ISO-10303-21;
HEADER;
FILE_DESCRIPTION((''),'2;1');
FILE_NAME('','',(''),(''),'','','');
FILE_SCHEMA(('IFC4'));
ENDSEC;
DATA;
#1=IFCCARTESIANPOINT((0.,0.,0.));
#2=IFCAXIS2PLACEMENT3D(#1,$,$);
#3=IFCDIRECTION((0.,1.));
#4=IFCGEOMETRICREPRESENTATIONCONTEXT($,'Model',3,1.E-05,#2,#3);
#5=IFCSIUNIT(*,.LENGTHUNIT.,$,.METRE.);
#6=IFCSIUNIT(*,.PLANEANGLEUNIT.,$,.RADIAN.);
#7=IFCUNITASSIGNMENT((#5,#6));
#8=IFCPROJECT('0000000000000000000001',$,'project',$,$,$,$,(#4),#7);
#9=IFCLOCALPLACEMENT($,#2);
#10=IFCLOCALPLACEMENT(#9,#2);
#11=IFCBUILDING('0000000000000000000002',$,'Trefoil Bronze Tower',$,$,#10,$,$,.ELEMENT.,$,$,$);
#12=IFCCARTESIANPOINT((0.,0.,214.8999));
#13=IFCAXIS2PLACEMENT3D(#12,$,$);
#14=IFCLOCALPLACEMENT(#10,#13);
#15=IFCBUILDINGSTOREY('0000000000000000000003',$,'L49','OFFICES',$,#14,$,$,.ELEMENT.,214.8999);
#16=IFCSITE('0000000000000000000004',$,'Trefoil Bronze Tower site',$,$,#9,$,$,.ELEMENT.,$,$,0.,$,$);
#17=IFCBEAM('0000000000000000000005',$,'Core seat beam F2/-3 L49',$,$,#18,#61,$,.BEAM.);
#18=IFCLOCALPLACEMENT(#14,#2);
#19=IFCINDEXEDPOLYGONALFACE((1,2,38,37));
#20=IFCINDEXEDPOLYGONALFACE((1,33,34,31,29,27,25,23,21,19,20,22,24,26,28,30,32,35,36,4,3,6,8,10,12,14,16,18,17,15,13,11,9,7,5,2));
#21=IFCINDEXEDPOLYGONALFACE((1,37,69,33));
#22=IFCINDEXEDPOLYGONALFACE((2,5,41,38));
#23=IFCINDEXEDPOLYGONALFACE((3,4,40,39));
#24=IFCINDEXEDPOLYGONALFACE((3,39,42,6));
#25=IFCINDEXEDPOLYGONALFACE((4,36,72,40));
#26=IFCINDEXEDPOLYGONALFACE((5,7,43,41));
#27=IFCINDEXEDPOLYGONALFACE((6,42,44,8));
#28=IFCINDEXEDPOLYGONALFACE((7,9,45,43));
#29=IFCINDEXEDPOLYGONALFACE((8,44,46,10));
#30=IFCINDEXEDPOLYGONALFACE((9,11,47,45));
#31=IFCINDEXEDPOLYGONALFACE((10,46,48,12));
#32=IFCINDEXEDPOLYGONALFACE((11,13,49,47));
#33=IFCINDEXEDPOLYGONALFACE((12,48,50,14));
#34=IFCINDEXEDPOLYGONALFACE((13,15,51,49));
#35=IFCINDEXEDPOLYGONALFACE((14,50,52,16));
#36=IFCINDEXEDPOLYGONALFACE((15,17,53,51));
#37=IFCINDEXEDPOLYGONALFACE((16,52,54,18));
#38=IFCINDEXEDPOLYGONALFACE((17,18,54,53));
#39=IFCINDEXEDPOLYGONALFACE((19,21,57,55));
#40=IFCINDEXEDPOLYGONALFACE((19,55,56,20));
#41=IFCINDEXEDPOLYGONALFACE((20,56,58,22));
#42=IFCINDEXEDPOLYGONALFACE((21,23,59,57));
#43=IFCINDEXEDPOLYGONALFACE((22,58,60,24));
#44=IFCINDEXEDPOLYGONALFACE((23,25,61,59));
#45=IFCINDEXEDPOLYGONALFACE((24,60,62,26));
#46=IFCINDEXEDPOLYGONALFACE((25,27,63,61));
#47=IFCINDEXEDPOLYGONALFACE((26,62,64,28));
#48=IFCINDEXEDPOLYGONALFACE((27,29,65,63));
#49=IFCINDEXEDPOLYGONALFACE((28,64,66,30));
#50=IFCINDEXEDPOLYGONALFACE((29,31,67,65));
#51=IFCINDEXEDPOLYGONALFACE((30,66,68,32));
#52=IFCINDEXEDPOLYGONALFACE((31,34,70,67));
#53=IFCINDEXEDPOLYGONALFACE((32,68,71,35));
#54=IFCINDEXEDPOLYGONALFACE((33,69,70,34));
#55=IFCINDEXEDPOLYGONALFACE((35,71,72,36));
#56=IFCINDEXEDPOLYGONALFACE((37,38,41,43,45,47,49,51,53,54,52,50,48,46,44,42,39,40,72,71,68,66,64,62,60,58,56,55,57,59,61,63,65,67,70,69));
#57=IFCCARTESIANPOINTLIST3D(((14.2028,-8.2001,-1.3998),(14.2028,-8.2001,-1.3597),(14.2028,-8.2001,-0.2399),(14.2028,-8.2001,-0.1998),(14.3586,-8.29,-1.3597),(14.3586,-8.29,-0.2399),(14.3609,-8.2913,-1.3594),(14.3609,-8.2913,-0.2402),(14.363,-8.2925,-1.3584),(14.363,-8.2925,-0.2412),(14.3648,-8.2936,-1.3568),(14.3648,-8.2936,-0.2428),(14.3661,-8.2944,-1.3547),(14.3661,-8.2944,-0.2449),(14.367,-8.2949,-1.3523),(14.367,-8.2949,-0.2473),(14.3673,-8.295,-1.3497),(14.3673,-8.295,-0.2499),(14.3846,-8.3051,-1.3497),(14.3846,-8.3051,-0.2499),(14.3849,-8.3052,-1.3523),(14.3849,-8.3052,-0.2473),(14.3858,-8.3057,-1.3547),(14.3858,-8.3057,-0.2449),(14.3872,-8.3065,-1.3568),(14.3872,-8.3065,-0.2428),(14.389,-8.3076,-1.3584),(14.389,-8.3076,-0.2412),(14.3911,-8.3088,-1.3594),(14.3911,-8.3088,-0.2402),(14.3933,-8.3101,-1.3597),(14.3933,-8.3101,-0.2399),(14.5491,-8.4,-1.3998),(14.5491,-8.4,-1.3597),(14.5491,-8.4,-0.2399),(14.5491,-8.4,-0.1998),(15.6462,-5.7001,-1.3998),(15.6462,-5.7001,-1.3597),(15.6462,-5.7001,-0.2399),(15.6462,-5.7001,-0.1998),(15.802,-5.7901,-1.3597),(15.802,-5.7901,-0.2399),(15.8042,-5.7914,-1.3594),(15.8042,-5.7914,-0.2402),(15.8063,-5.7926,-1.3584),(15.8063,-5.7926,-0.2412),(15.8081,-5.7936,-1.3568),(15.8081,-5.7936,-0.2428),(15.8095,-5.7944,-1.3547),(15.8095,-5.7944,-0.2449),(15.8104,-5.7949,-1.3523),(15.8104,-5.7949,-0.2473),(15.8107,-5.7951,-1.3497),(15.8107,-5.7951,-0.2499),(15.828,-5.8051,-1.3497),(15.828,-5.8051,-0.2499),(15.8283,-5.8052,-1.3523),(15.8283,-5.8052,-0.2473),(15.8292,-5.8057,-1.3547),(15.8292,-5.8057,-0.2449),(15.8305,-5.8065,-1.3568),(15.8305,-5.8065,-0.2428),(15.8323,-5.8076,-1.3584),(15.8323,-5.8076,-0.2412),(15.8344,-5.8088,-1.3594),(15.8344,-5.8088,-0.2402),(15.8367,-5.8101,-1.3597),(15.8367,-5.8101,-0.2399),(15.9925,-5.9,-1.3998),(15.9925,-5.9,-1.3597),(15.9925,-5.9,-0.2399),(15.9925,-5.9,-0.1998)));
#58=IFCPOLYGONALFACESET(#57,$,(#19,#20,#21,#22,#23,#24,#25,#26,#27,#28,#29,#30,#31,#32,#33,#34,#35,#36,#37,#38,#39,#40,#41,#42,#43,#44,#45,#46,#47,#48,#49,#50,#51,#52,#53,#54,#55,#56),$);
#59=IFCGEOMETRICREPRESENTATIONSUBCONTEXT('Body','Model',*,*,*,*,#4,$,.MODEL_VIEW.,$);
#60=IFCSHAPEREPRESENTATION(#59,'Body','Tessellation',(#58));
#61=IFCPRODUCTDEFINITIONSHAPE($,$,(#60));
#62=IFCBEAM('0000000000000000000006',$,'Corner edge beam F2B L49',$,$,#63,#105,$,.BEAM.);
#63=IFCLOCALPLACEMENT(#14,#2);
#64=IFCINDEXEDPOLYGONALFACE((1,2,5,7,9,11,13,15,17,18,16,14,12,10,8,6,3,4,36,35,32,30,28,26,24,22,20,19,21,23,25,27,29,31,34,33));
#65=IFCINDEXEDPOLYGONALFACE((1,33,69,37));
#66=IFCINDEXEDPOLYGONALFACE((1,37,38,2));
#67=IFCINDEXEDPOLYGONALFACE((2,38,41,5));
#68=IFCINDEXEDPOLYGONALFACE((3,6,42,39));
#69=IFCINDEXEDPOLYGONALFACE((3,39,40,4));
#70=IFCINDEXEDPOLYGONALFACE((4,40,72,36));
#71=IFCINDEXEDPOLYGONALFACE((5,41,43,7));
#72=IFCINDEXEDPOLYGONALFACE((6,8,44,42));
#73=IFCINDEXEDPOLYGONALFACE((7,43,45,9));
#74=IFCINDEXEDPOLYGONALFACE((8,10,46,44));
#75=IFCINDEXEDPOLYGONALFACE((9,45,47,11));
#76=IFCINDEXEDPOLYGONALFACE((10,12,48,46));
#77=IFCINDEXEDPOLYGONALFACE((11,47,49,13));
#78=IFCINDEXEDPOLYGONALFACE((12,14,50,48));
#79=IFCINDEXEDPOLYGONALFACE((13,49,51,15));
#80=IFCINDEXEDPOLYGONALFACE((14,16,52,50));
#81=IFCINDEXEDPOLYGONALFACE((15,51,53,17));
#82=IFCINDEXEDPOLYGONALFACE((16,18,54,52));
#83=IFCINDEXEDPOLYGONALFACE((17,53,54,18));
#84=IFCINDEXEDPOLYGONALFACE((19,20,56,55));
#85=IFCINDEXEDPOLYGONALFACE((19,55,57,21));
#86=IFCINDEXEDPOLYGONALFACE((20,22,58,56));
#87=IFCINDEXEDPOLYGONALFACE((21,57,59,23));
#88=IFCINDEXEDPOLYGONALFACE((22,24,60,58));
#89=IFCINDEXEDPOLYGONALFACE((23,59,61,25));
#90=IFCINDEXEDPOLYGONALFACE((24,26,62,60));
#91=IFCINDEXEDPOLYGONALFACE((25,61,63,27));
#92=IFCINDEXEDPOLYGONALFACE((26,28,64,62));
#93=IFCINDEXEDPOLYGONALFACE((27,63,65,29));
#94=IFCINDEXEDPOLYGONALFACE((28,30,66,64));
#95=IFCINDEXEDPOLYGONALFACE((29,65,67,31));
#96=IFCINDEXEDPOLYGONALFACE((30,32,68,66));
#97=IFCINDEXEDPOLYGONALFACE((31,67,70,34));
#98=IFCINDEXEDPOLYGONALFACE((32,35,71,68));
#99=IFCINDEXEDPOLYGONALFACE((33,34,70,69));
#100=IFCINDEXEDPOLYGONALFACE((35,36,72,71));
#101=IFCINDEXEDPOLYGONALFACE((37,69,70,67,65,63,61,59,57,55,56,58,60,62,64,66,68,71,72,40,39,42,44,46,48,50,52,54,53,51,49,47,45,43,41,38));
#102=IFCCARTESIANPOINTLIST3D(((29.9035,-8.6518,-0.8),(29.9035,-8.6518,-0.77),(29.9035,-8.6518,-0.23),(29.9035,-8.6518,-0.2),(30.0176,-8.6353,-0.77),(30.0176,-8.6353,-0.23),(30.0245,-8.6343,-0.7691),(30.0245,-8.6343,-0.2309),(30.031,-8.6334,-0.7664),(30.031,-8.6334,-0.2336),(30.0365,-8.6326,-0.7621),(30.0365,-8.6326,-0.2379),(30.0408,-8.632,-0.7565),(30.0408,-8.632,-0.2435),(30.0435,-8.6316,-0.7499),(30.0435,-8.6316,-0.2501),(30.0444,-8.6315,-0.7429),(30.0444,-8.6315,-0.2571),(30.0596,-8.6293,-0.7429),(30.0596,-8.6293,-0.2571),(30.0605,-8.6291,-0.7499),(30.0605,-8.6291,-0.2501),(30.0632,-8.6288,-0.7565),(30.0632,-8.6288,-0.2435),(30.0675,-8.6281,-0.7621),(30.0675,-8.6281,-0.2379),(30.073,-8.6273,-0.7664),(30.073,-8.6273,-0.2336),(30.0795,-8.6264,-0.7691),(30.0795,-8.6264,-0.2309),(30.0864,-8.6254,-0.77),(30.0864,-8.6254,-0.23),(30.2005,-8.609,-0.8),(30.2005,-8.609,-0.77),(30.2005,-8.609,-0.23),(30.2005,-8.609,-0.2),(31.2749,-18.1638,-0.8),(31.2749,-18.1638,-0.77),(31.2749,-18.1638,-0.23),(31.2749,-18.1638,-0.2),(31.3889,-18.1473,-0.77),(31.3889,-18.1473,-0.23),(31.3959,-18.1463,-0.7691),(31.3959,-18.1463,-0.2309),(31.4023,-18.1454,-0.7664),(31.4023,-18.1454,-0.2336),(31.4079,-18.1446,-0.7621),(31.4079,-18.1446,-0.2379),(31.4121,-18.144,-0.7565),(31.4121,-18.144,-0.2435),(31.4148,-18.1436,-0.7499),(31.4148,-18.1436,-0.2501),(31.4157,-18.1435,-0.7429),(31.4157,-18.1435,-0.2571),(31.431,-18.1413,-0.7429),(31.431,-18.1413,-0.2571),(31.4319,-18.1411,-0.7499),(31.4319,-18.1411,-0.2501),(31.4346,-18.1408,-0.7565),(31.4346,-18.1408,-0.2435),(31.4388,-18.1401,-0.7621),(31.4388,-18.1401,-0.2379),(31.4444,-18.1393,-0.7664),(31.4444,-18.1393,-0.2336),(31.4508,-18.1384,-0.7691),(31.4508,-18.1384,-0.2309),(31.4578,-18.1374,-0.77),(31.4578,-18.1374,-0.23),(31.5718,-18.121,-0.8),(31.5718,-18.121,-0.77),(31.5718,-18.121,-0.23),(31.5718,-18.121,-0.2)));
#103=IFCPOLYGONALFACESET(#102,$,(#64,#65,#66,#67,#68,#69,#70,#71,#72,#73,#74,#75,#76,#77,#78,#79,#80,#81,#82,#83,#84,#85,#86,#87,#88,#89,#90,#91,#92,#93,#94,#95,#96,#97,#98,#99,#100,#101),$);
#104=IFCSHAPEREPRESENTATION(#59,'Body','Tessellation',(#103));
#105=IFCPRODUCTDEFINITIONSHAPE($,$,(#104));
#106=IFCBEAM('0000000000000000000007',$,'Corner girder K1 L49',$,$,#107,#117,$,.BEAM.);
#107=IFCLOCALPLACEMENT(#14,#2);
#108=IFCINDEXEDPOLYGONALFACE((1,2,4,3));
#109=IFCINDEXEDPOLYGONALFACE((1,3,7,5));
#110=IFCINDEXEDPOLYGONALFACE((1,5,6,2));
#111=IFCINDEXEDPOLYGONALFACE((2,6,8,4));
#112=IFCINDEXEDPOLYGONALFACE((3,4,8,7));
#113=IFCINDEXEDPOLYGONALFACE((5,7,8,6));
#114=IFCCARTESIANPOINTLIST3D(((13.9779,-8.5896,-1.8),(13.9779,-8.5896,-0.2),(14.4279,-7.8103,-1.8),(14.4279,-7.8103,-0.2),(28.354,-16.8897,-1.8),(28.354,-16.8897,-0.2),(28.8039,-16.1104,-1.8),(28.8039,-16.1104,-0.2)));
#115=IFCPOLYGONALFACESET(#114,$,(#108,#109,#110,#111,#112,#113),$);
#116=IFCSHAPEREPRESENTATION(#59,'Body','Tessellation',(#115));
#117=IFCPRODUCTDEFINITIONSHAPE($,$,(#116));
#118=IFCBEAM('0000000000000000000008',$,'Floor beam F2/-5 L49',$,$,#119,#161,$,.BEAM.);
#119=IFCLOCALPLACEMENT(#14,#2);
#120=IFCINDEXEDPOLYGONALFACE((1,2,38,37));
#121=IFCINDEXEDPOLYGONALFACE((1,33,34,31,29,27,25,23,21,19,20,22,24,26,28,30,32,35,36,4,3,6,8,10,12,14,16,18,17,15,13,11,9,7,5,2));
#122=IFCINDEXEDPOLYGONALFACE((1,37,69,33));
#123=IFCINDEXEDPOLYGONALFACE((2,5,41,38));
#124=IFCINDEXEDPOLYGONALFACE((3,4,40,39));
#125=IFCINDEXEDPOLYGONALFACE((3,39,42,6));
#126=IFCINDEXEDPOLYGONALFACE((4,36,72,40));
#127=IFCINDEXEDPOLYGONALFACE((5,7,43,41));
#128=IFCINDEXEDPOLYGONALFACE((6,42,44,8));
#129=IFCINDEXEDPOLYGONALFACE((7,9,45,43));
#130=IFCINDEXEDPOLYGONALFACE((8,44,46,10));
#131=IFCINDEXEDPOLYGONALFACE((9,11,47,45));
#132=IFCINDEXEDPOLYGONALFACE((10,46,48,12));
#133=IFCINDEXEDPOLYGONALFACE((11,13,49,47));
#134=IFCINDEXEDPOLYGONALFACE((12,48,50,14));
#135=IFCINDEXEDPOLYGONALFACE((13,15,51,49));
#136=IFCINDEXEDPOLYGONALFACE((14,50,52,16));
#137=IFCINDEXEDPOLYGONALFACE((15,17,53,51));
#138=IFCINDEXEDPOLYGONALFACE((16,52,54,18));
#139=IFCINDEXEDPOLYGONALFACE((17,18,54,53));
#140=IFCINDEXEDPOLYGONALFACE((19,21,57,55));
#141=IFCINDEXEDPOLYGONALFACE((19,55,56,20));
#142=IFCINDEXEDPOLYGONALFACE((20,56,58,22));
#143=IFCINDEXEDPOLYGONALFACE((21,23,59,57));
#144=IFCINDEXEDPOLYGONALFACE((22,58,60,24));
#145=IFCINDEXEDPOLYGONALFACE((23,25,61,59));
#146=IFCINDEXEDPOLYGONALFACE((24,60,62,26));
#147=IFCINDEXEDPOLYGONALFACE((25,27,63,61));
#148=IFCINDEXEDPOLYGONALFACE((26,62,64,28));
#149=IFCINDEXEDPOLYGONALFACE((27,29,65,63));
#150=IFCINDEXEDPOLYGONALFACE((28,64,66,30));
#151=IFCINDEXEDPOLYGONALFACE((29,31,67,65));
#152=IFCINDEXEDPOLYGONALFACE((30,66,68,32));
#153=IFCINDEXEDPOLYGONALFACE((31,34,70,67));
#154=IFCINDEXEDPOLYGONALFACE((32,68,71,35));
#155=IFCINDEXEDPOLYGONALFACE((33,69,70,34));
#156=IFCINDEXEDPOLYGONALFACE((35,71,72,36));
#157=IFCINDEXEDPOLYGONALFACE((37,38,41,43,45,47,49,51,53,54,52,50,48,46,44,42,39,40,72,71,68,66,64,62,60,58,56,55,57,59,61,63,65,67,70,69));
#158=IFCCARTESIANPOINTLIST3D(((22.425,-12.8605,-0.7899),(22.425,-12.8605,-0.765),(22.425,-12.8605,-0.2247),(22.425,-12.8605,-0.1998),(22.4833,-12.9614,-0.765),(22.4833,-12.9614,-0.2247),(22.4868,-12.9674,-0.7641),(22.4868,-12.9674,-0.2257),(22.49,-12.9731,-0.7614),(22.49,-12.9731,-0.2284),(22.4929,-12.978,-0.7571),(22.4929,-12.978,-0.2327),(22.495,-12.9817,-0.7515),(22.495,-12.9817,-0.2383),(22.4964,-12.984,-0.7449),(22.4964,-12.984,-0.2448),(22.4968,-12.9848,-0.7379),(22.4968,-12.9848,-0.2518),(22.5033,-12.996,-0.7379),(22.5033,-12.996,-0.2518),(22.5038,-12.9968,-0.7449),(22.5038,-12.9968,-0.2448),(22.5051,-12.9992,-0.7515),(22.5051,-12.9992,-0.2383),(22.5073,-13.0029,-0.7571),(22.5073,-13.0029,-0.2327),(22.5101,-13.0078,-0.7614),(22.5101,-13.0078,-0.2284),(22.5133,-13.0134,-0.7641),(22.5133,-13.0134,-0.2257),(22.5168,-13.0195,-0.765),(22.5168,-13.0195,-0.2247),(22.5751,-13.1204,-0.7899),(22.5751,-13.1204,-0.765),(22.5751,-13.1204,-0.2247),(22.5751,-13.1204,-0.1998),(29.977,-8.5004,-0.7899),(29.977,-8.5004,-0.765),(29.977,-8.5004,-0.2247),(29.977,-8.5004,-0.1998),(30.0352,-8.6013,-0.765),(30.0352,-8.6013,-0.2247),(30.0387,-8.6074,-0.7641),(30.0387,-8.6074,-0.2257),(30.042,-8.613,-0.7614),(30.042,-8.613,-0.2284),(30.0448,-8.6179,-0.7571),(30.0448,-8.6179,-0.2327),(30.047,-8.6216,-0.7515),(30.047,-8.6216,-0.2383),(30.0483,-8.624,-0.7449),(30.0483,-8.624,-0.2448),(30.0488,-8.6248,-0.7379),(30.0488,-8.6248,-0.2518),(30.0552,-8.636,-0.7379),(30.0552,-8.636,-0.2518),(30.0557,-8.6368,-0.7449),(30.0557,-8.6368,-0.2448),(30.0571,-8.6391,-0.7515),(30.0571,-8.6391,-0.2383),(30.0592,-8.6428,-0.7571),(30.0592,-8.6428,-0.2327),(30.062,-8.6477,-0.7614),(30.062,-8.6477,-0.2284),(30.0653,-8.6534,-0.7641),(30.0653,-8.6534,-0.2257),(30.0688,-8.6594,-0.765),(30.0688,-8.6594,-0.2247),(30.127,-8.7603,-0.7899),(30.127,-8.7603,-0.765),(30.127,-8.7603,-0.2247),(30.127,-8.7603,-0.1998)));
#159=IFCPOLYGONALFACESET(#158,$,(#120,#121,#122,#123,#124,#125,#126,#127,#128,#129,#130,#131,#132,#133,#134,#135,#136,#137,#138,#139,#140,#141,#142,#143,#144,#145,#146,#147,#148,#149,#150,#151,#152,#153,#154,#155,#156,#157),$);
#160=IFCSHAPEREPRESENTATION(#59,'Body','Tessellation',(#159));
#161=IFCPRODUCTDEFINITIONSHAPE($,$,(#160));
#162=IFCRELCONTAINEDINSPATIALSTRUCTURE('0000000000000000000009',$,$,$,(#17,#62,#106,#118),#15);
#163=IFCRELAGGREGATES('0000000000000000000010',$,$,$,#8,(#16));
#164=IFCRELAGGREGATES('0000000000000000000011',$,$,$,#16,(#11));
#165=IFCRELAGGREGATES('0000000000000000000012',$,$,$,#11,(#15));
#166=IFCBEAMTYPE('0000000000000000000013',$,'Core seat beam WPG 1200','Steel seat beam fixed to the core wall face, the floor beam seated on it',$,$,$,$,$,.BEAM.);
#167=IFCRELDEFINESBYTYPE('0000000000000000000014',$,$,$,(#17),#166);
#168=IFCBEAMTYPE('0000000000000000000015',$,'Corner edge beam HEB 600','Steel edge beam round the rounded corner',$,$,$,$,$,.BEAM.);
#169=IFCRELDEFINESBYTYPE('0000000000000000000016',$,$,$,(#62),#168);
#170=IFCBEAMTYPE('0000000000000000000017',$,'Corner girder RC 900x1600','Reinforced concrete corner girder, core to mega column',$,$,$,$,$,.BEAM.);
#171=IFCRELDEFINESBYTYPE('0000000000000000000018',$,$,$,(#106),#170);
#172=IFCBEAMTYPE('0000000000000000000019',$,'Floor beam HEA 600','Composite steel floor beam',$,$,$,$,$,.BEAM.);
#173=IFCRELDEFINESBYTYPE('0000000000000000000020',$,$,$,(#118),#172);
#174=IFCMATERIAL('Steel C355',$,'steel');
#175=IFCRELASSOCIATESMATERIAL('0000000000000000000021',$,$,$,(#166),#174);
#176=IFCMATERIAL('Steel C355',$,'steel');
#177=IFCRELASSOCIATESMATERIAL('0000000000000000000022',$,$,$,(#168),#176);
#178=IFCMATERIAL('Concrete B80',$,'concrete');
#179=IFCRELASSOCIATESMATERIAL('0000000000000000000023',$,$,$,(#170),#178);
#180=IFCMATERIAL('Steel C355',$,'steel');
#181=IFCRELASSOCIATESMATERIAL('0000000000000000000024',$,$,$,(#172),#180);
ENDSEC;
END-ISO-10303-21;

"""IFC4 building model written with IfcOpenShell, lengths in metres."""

from ifc_helpers import new_model, si_unit, direction, frame, origin, origin_2d, place, context, subcontext, project, spatial, rectangle, i_section, extrude, material, material_profile, profile_set, type_object, element, save


model = new_model("IFC4")

# Units and contexts
model_context = context("Model", 3, precision=1e-05, world=origin(), true_north=direction((0.0, 1.0)))
body_context = subcontext(model_context, "Body", "Model", "MODEL_VIEW")
ifc_project = project(units=[si_unit("LENGTHUNIT", "METRE"), si_unit("PLANEANGLEUNIT", "RADIAN")], contexts=[model_context])

# Site, building, storey
site_placement = place(None, origin())
site = spatial("IfcSite", under=ifc_project, at=site_placement, Name="Trefoil Bronze Tower site", CompositionType="ELEMENT", RefElevation=0.0)
building_placement = place(site_placement, origin())
building = spatial("IfcBuilding", under=site, at=building_placement, Name="Trefoil Bronze Tower", CompositionType="ELEMENT")
storey_placement = place(building_placement, frame((0.0, 0.0, 214.8999)))
storey = spatial("IfcBuildingStorey", under=building, at=storey_placement, Name="L49", Description="OFFICES", CompositionType="ELEMENT", Elevation=214.8999)

# Beams
ifc_material_1 = material(Name="Steel C355", Category="steel")
ifc_material_profile_1 = material_profile(ifc_material_1, i_section(OverallWidth=0.3999, OverallDepth=1.2, WebThickness=0.02, FlangeThickness=0.04, FilletRadius=0.01, at=origin_2d()), Name="WPG 1200")
ifc_profile_set_1 = profile_set([ifc_material_profile_1], Name="Steel C355")
beam_type_1 = type_object("IfcBeamType", Name="Core seat beam WPG 1200", Description="Steel seat beam fixed to the core wall face, the floor beam seated on it", PredefinedType="BEAM", material=ifc_profile_set_1)
beam_1_placement = place(storey_placement, frame((14.376, -8.3, -0.7998), z_axis=(0.499996, 0.866028, 0.0), x_axis=(-0.866028, 0.499996, 0.0)))
element("IfcBeam", 1, at=beam_1_placement, inside=storey, type_object=beam_type_1, Name="Core seat beam F2/-3 L49", PredefinedType="BEAM", context=body_context, shape_type="SweptSolid", body=[
    extrude(i_section(OverallWidth=0.3999, OverallDepth=1.2, WebThickness=0.02, FlangeThickness=0.04, FilletRadius=0.01, at=origin_2d()), origin(), (0.0, 0.0, 1.0), 2.8867),
])
ifc_material_2 = material(Name="Steel C355", Category="steel")
ifc_material_profile_2 = material_profile(ifc_material_2, i_section(OverallWidth=0.3, OverallDepth=0.6001, WebThickness=0.0154, FlangeThickness=0.03, FilletRadius=0.0271, at=origin_2d()), Name="HEB 600")
ifc_profile_set_2 = profile_set([ifc_material_profile_2], Name="Steel C355")
beam_type_2 = type_object("IfcBeamType", Name="Corner edge beam HEB 600", Description="Steel edge beam round the rounded corner", PredefinedType="BEAM", material=ifc_profile_set_2)
beam_2_placement = place(storey_placement, frame((30.052, -8.6304, -0.5), z_axis=(0.142694, -0.989767, 0.0), x_axis=(0.989767, 0.142694, 0.0)))
element("IfcBeam", 2, at=beam_2_placement, inside=storey, type_object=beam_type_2, Name="Corner edge beam F2B L49", PredefinedType="BEAM", context=body_context, shape_type="SweptSolid", body=[
    extrude(i_section(OverallWidth=0.3, OverallDepth=0.6001, WebThickness=0.0154, FlangeThickness=0.03, FilletRadius=0.0271, at=origin_2d()), origin(), (0.0, 0.0, 1.0), 9.6104),
])
ifc_material_3 = material(Name="Concrete B80", Category="concrete")
ifc_material_profile_3 = material_profile(ifc_material_3, rectangle(XDim=0.8999, YDim=1.6001, at=origin_2d()), Name="RC 900x1600")
ifc_profile_set_3 = profile_set([ifc_material_profile_3], Name="Concrete B80")
beam_type_3 = type_object("IfcBeamType", Name="Corner girder RC 900x1600", Description="Reinforced concrete corner girder, core to mega column", PredefinedType="BEAM", material=ifc_profile_set_3)
beam_3_placement = place(storey_placement, frame((14.2029, -8.2, -1.0), z_axis=(0.866023, -0.500003, 0.0), x_axis=(0.500003, 0.866023, 0.0)))
element("IfcBeam", 3, at=beam_3_placement, inside=storey, type_object=beam_type_3, Name="Corner girder K1 L49", PredefinedType="BEAM", context=body_context, shape_type="SweptSolid", body=[
    extrude(rectangle(XDim=0.8999, YDim=1.6001, at=origin_2d()), origin(), (0.0, 0.0, 1.0), 16.6001),
])
ifc_material_4 = material(Name="Steel C355", Category="steel")
ifc_material_profile_4 = material_profile(ifc_material_4, i_section(OverallWidth=0.3, OverallDepth=0.5901, WebThickness=0.0129, FlangeThickness=0.0249, FilletRadius=0.0271, at=origin_2d()), Name="HEA 600")
ifc_profile_set_4 = profile_set([ifc_material_profile_4], Name="Steel C355")
beam_type_4 = type_object("IfcBeamType", Name="Floor beam HEA 600", Description="Composite steel floor beam", PredefinedType="BEAM", material=ifc_profile_set_4)
beam_4_placement = place(storey_placement, frame((30.052, -8.6304, -0.4949), z_axis=(-0.866028, -0.499996, 0.0), x_axis=(0.499996, -0.866028, 0.0)))
element("IfcBeam", 4, at=beam_4_placement, inside=storey, type_object=beam_type_4, Name="Floor beam F2/-5 L49", PredefinedType="BEAM", context=body_context, shape_type="SweptSolid", body=[
    extrude(i_section(OverallWidth=0.3, OverallDepth=0.5901, WebThickness=0.0129, FlangeThickness=0.0249, FilletRadius=0.0271, at=origin_2d()), origin(), (0.0, 0.0, 1.0), 8.7202),
])

save(model, "model.ifc")
